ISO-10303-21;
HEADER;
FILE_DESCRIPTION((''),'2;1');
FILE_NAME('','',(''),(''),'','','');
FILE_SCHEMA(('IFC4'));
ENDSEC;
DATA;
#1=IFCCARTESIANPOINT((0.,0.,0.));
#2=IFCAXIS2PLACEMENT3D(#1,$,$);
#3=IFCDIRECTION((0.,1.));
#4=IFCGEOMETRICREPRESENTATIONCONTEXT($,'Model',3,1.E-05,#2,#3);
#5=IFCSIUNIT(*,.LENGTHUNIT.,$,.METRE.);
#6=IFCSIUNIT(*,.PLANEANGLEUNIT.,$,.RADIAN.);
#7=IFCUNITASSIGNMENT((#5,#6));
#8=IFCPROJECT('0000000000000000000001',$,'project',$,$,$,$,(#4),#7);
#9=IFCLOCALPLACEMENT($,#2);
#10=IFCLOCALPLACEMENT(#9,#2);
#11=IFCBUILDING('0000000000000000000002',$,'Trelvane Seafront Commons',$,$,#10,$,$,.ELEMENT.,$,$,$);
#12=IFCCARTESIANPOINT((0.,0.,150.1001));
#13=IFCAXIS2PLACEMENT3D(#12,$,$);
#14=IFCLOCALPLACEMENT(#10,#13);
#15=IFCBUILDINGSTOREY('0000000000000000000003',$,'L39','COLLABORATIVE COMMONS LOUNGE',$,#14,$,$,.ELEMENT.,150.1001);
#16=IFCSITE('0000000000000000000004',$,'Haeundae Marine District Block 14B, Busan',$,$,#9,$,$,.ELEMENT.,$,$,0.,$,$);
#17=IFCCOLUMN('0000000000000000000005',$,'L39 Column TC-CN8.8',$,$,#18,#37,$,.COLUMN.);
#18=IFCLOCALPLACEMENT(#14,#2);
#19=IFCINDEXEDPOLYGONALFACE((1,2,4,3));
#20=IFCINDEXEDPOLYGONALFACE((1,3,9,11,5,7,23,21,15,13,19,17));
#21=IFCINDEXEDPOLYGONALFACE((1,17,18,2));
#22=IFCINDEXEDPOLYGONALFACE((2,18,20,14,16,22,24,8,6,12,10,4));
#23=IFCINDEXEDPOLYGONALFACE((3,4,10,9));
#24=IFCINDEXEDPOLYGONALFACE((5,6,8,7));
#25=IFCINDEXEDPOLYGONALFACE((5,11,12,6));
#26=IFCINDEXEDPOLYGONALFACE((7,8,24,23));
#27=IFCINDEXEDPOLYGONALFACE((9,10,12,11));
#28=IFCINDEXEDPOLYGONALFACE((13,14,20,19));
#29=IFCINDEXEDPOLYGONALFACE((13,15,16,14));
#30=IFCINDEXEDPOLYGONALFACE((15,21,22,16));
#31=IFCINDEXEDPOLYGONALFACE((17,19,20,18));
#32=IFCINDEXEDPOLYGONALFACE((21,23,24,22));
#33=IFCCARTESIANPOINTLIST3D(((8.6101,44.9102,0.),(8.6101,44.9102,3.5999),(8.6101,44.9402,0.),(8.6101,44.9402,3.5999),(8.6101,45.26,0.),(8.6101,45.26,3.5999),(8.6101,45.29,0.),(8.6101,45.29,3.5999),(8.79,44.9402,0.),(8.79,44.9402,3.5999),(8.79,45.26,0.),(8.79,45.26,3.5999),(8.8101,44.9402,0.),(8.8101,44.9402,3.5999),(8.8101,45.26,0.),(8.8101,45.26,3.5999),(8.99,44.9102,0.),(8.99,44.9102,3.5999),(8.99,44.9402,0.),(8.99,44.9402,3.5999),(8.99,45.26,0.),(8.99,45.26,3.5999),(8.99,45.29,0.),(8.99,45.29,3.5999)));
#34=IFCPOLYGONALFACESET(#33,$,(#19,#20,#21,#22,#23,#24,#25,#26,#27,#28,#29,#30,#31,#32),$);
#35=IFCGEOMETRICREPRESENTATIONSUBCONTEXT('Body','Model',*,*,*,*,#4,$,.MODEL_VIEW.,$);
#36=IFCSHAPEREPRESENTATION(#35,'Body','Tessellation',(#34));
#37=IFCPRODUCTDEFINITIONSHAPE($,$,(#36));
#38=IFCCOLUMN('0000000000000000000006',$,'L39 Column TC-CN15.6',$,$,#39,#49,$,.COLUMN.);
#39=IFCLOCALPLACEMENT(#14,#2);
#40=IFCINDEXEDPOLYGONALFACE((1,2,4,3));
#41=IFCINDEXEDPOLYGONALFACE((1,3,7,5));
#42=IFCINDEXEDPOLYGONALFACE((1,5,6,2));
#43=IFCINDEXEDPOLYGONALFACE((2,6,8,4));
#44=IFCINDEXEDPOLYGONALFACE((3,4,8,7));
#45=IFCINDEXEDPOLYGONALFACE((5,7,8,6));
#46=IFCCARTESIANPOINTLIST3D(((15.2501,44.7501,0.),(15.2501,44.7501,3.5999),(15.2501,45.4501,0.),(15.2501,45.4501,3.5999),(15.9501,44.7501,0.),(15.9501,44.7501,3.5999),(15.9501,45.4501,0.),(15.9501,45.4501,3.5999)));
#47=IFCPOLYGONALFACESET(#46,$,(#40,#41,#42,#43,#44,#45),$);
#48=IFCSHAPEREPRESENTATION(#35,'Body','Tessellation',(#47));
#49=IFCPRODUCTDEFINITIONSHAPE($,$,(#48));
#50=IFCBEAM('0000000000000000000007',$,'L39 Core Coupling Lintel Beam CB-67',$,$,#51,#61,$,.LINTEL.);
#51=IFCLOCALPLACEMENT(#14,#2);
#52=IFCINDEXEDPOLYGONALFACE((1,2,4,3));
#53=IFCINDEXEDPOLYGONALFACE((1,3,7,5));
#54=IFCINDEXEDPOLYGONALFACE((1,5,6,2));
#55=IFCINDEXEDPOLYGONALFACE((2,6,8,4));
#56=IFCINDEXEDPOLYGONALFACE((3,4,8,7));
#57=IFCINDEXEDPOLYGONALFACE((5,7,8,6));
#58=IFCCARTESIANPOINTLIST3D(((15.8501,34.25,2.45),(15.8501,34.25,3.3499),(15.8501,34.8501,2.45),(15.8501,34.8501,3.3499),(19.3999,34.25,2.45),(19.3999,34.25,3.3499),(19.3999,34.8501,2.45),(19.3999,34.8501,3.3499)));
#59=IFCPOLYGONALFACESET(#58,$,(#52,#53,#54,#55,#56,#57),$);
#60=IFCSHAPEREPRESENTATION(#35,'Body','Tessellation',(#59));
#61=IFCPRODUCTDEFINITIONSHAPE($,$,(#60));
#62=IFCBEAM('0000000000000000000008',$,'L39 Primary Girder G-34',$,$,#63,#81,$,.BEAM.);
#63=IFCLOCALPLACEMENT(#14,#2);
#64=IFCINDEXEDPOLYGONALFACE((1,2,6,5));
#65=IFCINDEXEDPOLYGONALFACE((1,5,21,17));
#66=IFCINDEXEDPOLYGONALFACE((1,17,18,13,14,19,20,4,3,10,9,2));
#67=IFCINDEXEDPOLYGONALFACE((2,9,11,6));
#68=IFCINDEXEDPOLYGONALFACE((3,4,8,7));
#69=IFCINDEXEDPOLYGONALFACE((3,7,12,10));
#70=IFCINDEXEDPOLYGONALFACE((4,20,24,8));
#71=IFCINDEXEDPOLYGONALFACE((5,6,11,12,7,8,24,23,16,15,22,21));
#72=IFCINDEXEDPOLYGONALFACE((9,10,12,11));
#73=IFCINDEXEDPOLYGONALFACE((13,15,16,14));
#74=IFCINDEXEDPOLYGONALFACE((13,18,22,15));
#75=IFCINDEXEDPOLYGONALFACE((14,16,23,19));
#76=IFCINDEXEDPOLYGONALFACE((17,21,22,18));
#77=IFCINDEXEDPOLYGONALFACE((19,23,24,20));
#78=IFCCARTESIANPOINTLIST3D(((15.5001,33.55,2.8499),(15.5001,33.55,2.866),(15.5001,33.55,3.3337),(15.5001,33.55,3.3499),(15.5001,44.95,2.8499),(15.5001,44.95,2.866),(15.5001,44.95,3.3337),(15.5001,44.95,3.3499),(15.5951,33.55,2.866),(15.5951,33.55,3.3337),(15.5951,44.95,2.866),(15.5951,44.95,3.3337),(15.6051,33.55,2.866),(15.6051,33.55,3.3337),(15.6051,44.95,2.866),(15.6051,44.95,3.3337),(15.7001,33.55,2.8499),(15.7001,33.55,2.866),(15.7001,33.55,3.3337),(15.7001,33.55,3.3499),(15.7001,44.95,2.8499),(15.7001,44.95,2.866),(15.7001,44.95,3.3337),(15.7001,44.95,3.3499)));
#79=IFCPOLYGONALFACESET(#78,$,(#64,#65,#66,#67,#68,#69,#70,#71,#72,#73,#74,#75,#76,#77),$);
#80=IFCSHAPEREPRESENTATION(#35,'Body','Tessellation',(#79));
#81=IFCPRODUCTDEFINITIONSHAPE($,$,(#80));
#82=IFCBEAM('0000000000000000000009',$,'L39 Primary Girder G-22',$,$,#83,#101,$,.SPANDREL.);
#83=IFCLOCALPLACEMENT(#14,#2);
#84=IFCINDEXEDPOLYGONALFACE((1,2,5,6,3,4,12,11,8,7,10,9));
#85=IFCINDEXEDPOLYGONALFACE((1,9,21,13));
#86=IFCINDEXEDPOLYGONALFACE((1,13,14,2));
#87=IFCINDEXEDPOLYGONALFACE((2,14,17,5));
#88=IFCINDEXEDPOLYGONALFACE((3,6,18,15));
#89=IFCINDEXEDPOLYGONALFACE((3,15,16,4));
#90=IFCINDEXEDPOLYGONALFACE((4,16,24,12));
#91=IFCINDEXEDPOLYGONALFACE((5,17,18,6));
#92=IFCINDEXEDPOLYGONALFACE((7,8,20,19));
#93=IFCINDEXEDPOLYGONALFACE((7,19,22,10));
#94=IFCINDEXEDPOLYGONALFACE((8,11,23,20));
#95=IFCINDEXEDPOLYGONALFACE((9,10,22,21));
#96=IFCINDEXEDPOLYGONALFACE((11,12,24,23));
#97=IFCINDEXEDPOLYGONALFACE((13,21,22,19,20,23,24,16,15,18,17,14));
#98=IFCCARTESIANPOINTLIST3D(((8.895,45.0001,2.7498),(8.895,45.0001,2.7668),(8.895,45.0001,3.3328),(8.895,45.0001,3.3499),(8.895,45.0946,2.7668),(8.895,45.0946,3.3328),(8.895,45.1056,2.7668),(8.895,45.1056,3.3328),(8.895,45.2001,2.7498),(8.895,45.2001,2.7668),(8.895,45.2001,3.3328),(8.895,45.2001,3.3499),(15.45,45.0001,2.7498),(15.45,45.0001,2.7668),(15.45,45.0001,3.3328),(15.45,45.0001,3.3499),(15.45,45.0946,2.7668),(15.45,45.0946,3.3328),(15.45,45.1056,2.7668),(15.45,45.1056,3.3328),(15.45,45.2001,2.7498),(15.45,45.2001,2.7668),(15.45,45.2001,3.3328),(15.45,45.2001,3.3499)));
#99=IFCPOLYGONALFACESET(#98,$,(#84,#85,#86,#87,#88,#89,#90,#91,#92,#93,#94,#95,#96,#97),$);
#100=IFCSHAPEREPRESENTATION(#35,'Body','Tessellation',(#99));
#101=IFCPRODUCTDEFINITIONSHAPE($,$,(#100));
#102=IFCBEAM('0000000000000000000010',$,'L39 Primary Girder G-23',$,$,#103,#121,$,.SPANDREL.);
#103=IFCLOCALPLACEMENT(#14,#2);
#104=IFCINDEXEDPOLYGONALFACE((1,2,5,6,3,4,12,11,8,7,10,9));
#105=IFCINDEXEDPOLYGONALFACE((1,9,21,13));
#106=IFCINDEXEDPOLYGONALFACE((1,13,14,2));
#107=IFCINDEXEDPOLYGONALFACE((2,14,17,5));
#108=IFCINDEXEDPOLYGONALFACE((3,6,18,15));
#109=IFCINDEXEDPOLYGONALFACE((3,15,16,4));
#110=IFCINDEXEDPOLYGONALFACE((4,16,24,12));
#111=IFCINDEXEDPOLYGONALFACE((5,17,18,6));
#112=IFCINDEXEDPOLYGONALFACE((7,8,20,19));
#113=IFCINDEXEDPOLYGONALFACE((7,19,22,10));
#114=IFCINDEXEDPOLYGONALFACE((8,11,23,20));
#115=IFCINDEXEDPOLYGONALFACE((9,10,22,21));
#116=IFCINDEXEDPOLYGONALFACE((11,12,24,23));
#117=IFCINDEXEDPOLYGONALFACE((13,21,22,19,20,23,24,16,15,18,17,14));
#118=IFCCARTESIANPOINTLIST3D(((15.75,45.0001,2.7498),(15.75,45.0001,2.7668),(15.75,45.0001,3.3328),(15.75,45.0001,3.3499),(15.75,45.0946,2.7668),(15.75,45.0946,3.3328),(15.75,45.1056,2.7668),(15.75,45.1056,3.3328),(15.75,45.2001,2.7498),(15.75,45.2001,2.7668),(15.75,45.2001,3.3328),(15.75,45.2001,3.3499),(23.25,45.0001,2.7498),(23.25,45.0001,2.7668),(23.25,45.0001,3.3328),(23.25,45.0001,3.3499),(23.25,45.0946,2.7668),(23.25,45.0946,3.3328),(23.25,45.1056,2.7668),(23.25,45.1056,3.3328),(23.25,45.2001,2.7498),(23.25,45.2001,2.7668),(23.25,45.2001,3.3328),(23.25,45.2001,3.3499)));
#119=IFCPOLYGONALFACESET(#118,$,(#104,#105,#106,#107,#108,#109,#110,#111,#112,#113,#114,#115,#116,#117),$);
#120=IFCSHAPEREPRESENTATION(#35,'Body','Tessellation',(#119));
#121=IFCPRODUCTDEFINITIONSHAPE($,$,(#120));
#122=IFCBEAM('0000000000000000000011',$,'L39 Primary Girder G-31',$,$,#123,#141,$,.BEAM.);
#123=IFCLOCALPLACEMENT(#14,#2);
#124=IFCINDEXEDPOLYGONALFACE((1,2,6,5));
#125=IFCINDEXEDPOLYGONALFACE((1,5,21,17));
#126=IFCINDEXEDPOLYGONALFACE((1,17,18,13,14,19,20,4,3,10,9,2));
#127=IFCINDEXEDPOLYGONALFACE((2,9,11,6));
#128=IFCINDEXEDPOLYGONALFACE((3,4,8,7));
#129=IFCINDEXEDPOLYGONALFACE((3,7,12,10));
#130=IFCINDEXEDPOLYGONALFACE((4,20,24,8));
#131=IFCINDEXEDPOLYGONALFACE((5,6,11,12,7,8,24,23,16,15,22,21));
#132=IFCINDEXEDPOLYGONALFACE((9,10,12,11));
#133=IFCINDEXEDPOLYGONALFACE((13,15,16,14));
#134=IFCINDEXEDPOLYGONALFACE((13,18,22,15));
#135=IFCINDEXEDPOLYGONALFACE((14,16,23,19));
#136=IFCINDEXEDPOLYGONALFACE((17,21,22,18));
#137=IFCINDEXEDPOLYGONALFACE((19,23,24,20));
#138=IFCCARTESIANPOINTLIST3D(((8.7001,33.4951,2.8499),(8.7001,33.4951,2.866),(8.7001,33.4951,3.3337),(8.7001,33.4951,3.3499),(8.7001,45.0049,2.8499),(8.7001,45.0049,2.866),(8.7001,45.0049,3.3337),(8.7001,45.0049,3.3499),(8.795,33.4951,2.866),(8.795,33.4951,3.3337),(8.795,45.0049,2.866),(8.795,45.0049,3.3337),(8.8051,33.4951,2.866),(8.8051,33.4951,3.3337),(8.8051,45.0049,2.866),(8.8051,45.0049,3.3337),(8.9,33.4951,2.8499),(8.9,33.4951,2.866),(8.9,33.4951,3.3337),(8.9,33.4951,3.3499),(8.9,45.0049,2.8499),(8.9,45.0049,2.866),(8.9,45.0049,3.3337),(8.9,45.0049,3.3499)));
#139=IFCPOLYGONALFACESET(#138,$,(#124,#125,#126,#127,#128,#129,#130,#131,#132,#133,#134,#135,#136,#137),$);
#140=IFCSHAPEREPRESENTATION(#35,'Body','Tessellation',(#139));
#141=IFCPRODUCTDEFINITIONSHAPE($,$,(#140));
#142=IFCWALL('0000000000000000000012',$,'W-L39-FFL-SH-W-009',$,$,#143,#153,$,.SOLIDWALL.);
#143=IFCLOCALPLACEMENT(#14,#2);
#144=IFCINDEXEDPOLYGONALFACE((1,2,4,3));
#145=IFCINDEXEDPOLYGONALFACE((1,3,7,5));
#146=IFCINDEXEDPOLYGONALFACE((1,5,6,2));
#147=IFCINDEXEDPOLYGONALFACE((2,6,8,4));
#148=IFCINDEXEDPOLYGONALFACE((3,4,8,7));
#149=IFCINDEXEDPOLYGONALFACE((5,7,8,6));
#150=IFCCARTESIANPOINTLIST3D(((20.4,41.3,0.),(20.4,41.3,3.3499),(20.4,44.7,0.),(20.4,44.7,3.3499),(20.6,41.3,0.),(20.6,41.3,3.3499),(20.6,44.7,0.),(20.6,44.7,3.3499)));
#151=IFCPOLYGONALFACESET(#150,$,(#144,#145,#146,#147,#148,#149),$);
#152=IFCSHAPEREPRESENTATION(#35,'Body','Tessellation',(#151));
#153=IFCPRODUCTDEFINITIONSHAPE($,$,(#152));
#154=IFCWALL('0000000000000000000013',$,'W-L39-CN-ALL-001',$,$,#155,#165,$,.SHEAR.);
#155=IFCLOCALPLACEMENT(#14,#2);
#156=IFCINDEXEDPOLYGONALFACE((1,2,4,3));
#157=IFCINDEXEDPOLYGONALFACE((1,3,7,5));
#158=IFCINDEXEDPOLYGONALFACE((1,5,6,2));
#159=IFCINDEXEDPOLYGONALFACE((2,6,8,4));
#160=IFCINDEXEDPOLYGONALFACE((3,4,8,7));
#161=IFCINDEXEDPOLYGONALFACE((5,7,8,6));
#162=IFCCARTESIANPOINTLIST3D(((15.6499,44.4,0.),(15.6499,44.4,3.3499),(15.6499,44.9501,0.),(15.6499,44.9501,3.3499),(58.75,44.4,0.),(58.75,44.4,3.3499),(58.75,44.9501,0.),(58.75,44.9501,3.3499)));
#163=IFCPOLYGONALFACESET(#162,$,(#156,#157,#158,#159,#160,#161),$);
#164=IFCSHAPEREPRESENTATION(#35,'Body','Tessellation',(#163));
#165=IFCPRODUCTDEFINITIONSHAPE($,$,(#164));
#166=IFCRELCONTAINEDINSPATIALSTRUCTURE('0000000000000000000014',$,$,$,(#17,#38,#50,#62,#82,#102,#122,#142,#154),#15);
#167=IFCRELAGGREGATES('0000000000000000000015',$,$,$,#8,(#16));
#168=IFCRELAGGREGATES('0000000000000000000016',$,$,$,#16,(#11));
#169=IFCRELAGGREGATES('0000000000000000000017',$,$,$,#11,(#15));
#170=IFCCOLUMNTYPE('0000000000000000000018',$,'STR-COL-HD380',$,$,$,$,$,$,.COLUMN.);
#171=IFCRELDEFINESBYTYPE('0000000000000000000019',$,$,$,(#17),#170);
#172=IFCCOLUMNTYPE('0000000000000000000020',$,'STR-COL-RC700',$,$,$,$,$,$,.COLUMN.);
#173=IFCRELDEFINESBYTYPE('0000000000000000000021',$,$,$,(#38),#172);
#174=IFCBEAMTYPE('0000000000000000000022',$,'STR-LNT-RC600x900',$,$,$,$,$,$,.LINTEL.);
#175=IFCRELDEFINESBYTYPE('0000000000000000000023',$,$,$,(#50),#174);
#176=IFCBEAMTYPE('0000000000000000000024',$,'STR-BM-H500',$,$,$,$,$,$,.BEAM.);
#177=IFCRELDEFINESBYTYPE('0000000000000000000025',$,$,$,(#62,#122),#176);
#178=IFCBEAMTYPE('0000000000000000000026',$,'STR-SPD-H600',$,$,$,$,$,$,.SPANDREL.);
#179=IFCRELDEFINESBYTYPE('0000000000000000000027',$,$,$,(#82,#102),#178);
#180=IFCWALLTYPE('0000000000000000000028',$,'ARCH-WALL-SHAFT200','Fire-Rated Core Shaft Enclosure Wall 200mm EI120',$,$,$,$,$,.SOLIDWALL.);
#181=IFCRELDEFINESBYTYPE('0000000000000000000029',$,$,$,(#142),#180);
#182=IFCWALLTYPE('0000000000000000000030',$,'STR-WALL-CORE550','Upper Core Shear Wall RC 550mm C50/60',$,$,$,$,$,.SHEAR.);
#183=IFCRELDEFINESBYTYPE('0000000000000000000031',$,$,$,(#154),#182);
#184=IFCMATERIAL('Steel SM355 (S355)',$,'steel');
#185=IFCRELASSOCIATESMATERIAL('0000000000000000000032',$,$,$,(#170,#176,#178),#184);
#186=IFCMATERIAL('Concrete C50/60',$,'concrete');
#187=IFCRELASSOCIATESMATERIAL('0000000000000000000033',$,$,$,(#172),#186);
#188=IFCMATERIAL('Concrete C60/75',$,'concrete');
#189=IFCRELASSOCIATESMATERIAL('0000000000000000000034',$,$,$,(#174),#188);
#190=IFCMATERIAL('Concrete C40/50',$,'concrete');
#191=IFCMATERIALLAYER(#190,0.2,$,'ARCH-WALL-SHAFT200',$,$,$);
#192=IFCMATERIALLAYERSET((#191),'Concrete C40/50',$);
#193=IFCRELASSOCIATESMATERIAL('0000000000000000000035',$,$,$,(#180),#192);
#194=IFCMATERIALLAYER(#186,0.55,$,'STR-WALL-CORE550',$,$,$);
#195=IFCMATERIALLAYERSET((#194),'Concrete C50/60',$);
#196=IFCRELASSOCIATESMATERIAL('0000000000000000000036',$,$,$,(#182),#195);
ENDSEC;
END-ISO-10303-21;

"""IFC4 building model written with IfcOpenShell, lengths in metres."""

from ifc_helpers import new_model, si_unit, direction, frame, frame_2d, origin, origin_2d, place, context, subcontext, project, spatial, rectangle, i_section, extrude, source, transform, mapped, material, layer, layer_set, material_profile, profile_set, type_object, element, save


model = new_model("IFC4")

# Units and contexts
model_context = context("Model", 3, precision=1e-05, world=origin(), true_north=direction((0.0, 1.0)))
body_context = subcontext(model_context, "Body", "Model", "MODEL_VIEW")
ifc_project = project(units=[si_unit("LENGTHUNIT", "METRE"), si_unit("PLANEANGLEUNIT", "RADIAN")], contexts=[model_context])

# Site, building, storey
site_placement = place(None, origin())
site = spatial("IfcSite", under=ifc_project, at=site_placement, Name="Haeundae Marine District Block 14B, Busan", CompositionType="ELEMENT", RefElevation=0.0)
building_placement = place(site_placement, origin())
building = spatial("IfcBuilding", under=site, at=building_placement, Name="Trelvane Seafront Commons", CompositionType="ELEMENT")
storey_placement = place(building_placement, frame((0.0, 0.0, 150.1001)))
storey = spatial("IfcBuildingStorey", under=building, at=storey_placement, Name="L39", Description="COLLABORATIVE COMMONS LOUNGE", CompositionType="ELEMENT", Elevation=150.1001)

# Columns
ifc_material_1 = material(Name="Steel SM355 (S355)", Category="steel")
ifc_material_profile_1 = material_profile(ifc_material_1, i_section(OverallWidth=0.3799, OverallDepth=0.3799, WebThickness=0.02, FlangeThickness=0.03, at=origin_2d()), Name="HD-380x380x20x30")
ifc_profile_set_1 = profile_set([ifc_material_profile_1], Name="Steel SM355 (S355)")
column_type_1 = type_object("IfcColumnType", Name="STR-COL-HD380", PredefinedType="COLUMN", material=ifc_profile_set_1)
shared_shape_1 = source(origin(), body_context, "Body", "SweptSolid", [
    extrude(i_section(OverallWidth=0.3799, OverallDepth=0.3799, WebThickness=0.02, FlangeThickness=0.03, at=origin_2d()), origin(), (0.0, 0.0, 1.0), 3.5999),
])
column_1_placement = place(storey_placement, frame((8.8, 45.1001, 0.0), z_axis=(0.0, 0.0, 1.0), x_axis=(1.0, 0.0, 0.0)))
element("IfcColumn", 1, at=column_1_placement, inside=storey, type_object=column_type_1, Name="L39 Column TC-CN8.8", PredefinedType="COLUMN", context=body_context, shape_type="MappedRepresentation", body=[
    mapped(shared_shape_1, transform((0.0, 0.0, 0.0), x_axis=(1.0, 0.0, 0.0), y_axis=(0.0, 1.0, 0.0), z_axis=(0.0, 0.0, 1.0), scale=1.0)),
])
ifc_material_2 = material(Name="Concrete C50/60", Category="concrete")
ifc_material_profile_2 = material_profile(ifc_material_2, rectangle(XDim=0.7, YDim=0.7, at=origin_2d()), Name="RC-700x700")
ifc_profile_set_2 = profile_set([ifc_material_profile_2], Name="Concrete C50/60")
column_type_2 = type_object("IfcColumnType", Name="STR-COL-RC700", PredefinedType="COLUMN", material=ifc_profile_set_2)
shared_shape_2 = source(origin(), body_context, "Body", "SweptSolid", [
    extrude(rectangle(XDim=0.7, YDim=0.7, at=origin_2d()), origin(), (0.0, 0.0, 1.0), 3.5999),
])
column_2_placement = place(storey_placement, frame((15.6001, 45.1001, 0.0), z_axis=(0.0, 0.0, 1.0), x_axis=(1.0, 0.0, 0.0)))
element("IfcColumn", 2, at=column_2_placement, inside=storey, type_object=column_type_2, Name="L39 Column TC-CN15.6", PredefinedType="COLUMN", context=body_context, shape_type="MappedRepresentation", body=[
    mapped(shared_shape_2, transform((0.0, 0.0, 0.0), x_axis=(1.0, 0.0, 0.0), y_axis=(0.0, 1.0, 0.0), z_axis=(0.0, 0.0, 1.0), scale=1.0)),
])

# Beams
ifc_material_3 = material(Name="Concrete C60/75", Category="concrete")
ifc_material_profile_3 = material_profile(ifc_material_3, rectangle(XDim=0.6001, YDim=0.8999, at=origin_2d()), Name="RC-600x900")
ifc_profile_set_3 = profile_set([ifc_material_profile_3], Name="Concrete C60/75")
beam_type_1 = type_object("IfcBeamType", Name="STR-LNT-RC600x900", PredefinedType="LINTEL", material=ifc_profile_set_3)
shared_shape_3 = source(origin(), body_context, "Body", "SweptSolid", [
    extrude(rectangle(XDim=0.6001, YDim=0.8999, at=origin_2d()), origin(), (0.0, 0.0, 1.0), 3.5498),
])
beam_1_placement = place(storey_placement, frame((15.8501, 34.55, 2.8999), z_axis=(1.0, 0.0, 0.0), x_axis=(0.0, 1.0, 0.0)))
element("IfcBeam", 3, at=beam_1_placement, inside=storey, type_object=beam_type_1, Name="L39 Core Coupling Lintel Beam CB-67", PredefinedType="LINTEL", context=body_context, shape_type="MappedRepresentation", body=[
    mapped(shared_shape_3, transform((0.0, 0.0, 0.0), x_axis=(1.0, 0.0, 0.0), y_axis=(0.0, 1.0, 0.0), z_axis=(0.0, 0.0, 1.0), scale=1.0)),
])
ifc_material_profile_4 = material_profile(ifc_material_1, i_section(OverallWidth=0.2, OverallDepth=0.5, WebThickness=0.01, FlangeThickness=0.0161, at=origin_2d()), Name="H-500x200x10x16")
ifc_profile_set_4 = profile_set([ifc_material_profile_4], Name="Steel SM355 (S355)")
beam_type_2 = type_object("IfcBeamType", Name="STR-BM-H500", PredefinedType="BEAM", material=ifc_profile_set_4)
shared_shape_4 = source(origin(), body_context, "Body", "SweptSolid", [
    extrude(i_section(OverallWidth=0.2, OverallDepth=0.5, WebThickness=0.01, FlangeThickness=0.0161, at=origin_2d()), origin(), (0.0, 0.0, 1.0), 11.3999),
])
beam_2_placement = place(storey_placement, frame((15.6001, 33.55, 3.0999), z_axis=(0.0, 1.0, 0.0), x_axis=(-1.0, 0.0, 0.0)))
element("IfcBeam", 4, at=beam_2_placement, inside=storey, type_object=beam_type_2, Name="L39 Primary Girder G-34", PredefinedType="BEAM", context=body_context, shape_type="MappedRepresentation", body=[
    mapped(shared_shape_4, transform((0.0, 0.0, 0.0), x_axis=(1.0, 0.0, 0.0), y_axis=(0.0, 1.0, 0.0), z_axis=(0.0, 0.0, 1.0), scale=1.0)),
])
ifc_material_profile_5 = material_profile(ifc_material_1, i_section(OverallWidth=0.2, OverallDepth=0.6001, WebThickness=0.011, FlangeThickness=0.0171, at=origin_2d()), Name="H-600x200x11x17")
ifc_profile_set_5 = profile_set([ifc_material_profile_5], Name="Steel SM355 (S355)")
beam_type_3 = type_object("IfcBeamType", Name="STR-SPD-H600", PredefinedType="SPANDREL", material=ifc_profile_set_5)
shared_shape_5 = source(origin(), body_context, "Body", "SweptSolid", [
    extrude(i_section(OverallWidth=0.2, OverallDepth=0.6001, WebThickness=0.011, FlangeThickness=0.0171, at=origin_2d()), origin(), (0.0, 0.0, 1.0), 6.5549),
])
beam_3_placement = place(storey_placement, frame((8.895, 45.1001, 3.0498), z_axis=(1.0, 0.0, 0.0), x_axis=(0.0, 1.0, 0.0)))
element("IfcBeam", 5, at=beam_3_placement, inside=storey, type_object=beam_type_3, Name="L39 Primary Girder G-22", PredefinedType="SPANDREL", context=body_context, shape_type="MappedRepresentation", body=[
    mapped(shared_shape_5, transform((0.0, 0.0, 0.0), x_axis=(1.0, 0.0, 0.0), y_axis=(0.0, 1.0, 0.0), z_axis=(0.0, 0.0, 1.0), scale=1.0)),
])
shared_shape_6 = source(origin(), body_context, "Body", "SweptSolid", [
    extrude(i_section(OverallWidth=0.2, OverallDepth=0.6001, WebThickness=0.011, FlangeThickness=0.0171, at=origin_2d()), origin(), (0.0, 0.0, 1.0), 7.5),
])
beam_4_placement = place(storey_placement, frame((15.75, 45.1001, 3.0498), z_axis=(1.0, 0.0, 0.0), x_axis=(0.0, 1.0, 0.0)))
element("IfcBeam", 6, at=beam_4_placement, inside=storey, type_object=beam_type_3, Name="L39 Primary Girder G-23", PredefinedType="SPANDREL", context=body_context, shape_type="MappedRepresentation", body=[
    mapped(shared_shape_6, transform((0.0, 0.0, 0.0), x_axis=(1.0, 0.0, 0.0), y_axis=(0.0, 1.0, 0.0), z_axis=(0.0, 0.0, 1.0), scale=1.0)),
])
shared_shape_7 = source(origin(), body_context, "Body", "SweptSolid", [
    extrude(i_section(OverallWidth=0.2, OverallDepth=0.5, WebThickness=0.01, FlangeThickness=0.0161, at=origin_2d()), origin(), (0.0, 0.0, 1.0), 11.5098),
])
beam_5_placement = place(storey_placement, frame((8.8, 33.4951, 3.0999), z_axis=(0.0, 1.0, 0.0), x_axis=(-1.0, 0.0, 0.0)))
element("IfcBeam", 7, at=beam_5_placement, inside=storey, type_object=beam_type_2, Name="L39 Primary Girder G-31", PredefinedType="BEAM", context=body_context, shape_type="MappedRepresentation", body=[
    mapped(shared_shape_7, transform((0.0, 0.0, 0.0), x_axis=(1.0, 0.0, 0.0), y_axis=(0.0, 1.0, 0.0), z_axis=(0.0, 0.0, 1.0), scale=1.0)),
])

# Shared definitions
ifc_material_4 = material(Name="Concrete C40/50", Category="concrete")
ifc_layer_1 = layer(ifc_material_4, 0.2, Name="ARCH-WALL-SHAFT200")
ifc_layer_set_1 = layer_set([ifc_layer_1], Name="Concrete C40/50")
wall_type_1 = type_object("IfcWallType", Name="ARCH-WALL-SHAFT200", Description="Fire-Rated Core Shaft Enclosure Wall 200mm EI120", PredefinedType="SOLIDWALL", material=ifc_layer_set_1)

# Walls
wall_1_placement = place(storey_placement, frame((20.5, 41.3, 0.0), z_axis=(0.0, 0.0, 1.0), x_axis=(0.0, 1.0, 0.0)))
element("IfcWall", 8, at=wall_1_placement, inside=storey, type_object=wall_type_1, Name="W-L39-FFL-SH-W-009", PredefinedType="SOLIDWALL", context=body_context, shape_type="SweptSolid", body=[
    extrude(rectangle(XDim=3.3999, YDim=0.2, at=frame_2d((1.7, 0.0))), origin(), (0.0, 0.0, 1.0), 3.3499),
])
ifc_layer_2 = layer(ifc_material_2, 0.55, Name="STR-WALL-CORE550")
ifc_layer_set_2 = layer_set([ifc_layer_2], Name="Concrete C50/60")
wall_type_2 = type_object("IfcWallType", Name="STR-WALL-CORE550", Description="Upper Core Shear Wall RC 550mm C50/60", PredefinedType="SHEAR", material=ifc_layer_set_2)
wall_2_placement = place(storey_placement, frame((15.6499, 44.675, 0.0), z_axis=(0.0, 0.0, 1.0), x_axis=(1.0, 0.0, 0.0)))
element("IfcWall", 9, at=wall_2_placement, inside=storey, type_object=wall_type_2, Name="W-L39-CN-ALL-001", PredefinedType="SHEAR", context=body_context, shape_type="SweptSolid", body=[
    extrude(rectangle(XDim=43.1001, YDim=0.55, at=frame_2d((21.55, 0.0))), origin(), (0.0, 0.0, 1.0), 3.3499),
])

save(model, "model.ifc")
